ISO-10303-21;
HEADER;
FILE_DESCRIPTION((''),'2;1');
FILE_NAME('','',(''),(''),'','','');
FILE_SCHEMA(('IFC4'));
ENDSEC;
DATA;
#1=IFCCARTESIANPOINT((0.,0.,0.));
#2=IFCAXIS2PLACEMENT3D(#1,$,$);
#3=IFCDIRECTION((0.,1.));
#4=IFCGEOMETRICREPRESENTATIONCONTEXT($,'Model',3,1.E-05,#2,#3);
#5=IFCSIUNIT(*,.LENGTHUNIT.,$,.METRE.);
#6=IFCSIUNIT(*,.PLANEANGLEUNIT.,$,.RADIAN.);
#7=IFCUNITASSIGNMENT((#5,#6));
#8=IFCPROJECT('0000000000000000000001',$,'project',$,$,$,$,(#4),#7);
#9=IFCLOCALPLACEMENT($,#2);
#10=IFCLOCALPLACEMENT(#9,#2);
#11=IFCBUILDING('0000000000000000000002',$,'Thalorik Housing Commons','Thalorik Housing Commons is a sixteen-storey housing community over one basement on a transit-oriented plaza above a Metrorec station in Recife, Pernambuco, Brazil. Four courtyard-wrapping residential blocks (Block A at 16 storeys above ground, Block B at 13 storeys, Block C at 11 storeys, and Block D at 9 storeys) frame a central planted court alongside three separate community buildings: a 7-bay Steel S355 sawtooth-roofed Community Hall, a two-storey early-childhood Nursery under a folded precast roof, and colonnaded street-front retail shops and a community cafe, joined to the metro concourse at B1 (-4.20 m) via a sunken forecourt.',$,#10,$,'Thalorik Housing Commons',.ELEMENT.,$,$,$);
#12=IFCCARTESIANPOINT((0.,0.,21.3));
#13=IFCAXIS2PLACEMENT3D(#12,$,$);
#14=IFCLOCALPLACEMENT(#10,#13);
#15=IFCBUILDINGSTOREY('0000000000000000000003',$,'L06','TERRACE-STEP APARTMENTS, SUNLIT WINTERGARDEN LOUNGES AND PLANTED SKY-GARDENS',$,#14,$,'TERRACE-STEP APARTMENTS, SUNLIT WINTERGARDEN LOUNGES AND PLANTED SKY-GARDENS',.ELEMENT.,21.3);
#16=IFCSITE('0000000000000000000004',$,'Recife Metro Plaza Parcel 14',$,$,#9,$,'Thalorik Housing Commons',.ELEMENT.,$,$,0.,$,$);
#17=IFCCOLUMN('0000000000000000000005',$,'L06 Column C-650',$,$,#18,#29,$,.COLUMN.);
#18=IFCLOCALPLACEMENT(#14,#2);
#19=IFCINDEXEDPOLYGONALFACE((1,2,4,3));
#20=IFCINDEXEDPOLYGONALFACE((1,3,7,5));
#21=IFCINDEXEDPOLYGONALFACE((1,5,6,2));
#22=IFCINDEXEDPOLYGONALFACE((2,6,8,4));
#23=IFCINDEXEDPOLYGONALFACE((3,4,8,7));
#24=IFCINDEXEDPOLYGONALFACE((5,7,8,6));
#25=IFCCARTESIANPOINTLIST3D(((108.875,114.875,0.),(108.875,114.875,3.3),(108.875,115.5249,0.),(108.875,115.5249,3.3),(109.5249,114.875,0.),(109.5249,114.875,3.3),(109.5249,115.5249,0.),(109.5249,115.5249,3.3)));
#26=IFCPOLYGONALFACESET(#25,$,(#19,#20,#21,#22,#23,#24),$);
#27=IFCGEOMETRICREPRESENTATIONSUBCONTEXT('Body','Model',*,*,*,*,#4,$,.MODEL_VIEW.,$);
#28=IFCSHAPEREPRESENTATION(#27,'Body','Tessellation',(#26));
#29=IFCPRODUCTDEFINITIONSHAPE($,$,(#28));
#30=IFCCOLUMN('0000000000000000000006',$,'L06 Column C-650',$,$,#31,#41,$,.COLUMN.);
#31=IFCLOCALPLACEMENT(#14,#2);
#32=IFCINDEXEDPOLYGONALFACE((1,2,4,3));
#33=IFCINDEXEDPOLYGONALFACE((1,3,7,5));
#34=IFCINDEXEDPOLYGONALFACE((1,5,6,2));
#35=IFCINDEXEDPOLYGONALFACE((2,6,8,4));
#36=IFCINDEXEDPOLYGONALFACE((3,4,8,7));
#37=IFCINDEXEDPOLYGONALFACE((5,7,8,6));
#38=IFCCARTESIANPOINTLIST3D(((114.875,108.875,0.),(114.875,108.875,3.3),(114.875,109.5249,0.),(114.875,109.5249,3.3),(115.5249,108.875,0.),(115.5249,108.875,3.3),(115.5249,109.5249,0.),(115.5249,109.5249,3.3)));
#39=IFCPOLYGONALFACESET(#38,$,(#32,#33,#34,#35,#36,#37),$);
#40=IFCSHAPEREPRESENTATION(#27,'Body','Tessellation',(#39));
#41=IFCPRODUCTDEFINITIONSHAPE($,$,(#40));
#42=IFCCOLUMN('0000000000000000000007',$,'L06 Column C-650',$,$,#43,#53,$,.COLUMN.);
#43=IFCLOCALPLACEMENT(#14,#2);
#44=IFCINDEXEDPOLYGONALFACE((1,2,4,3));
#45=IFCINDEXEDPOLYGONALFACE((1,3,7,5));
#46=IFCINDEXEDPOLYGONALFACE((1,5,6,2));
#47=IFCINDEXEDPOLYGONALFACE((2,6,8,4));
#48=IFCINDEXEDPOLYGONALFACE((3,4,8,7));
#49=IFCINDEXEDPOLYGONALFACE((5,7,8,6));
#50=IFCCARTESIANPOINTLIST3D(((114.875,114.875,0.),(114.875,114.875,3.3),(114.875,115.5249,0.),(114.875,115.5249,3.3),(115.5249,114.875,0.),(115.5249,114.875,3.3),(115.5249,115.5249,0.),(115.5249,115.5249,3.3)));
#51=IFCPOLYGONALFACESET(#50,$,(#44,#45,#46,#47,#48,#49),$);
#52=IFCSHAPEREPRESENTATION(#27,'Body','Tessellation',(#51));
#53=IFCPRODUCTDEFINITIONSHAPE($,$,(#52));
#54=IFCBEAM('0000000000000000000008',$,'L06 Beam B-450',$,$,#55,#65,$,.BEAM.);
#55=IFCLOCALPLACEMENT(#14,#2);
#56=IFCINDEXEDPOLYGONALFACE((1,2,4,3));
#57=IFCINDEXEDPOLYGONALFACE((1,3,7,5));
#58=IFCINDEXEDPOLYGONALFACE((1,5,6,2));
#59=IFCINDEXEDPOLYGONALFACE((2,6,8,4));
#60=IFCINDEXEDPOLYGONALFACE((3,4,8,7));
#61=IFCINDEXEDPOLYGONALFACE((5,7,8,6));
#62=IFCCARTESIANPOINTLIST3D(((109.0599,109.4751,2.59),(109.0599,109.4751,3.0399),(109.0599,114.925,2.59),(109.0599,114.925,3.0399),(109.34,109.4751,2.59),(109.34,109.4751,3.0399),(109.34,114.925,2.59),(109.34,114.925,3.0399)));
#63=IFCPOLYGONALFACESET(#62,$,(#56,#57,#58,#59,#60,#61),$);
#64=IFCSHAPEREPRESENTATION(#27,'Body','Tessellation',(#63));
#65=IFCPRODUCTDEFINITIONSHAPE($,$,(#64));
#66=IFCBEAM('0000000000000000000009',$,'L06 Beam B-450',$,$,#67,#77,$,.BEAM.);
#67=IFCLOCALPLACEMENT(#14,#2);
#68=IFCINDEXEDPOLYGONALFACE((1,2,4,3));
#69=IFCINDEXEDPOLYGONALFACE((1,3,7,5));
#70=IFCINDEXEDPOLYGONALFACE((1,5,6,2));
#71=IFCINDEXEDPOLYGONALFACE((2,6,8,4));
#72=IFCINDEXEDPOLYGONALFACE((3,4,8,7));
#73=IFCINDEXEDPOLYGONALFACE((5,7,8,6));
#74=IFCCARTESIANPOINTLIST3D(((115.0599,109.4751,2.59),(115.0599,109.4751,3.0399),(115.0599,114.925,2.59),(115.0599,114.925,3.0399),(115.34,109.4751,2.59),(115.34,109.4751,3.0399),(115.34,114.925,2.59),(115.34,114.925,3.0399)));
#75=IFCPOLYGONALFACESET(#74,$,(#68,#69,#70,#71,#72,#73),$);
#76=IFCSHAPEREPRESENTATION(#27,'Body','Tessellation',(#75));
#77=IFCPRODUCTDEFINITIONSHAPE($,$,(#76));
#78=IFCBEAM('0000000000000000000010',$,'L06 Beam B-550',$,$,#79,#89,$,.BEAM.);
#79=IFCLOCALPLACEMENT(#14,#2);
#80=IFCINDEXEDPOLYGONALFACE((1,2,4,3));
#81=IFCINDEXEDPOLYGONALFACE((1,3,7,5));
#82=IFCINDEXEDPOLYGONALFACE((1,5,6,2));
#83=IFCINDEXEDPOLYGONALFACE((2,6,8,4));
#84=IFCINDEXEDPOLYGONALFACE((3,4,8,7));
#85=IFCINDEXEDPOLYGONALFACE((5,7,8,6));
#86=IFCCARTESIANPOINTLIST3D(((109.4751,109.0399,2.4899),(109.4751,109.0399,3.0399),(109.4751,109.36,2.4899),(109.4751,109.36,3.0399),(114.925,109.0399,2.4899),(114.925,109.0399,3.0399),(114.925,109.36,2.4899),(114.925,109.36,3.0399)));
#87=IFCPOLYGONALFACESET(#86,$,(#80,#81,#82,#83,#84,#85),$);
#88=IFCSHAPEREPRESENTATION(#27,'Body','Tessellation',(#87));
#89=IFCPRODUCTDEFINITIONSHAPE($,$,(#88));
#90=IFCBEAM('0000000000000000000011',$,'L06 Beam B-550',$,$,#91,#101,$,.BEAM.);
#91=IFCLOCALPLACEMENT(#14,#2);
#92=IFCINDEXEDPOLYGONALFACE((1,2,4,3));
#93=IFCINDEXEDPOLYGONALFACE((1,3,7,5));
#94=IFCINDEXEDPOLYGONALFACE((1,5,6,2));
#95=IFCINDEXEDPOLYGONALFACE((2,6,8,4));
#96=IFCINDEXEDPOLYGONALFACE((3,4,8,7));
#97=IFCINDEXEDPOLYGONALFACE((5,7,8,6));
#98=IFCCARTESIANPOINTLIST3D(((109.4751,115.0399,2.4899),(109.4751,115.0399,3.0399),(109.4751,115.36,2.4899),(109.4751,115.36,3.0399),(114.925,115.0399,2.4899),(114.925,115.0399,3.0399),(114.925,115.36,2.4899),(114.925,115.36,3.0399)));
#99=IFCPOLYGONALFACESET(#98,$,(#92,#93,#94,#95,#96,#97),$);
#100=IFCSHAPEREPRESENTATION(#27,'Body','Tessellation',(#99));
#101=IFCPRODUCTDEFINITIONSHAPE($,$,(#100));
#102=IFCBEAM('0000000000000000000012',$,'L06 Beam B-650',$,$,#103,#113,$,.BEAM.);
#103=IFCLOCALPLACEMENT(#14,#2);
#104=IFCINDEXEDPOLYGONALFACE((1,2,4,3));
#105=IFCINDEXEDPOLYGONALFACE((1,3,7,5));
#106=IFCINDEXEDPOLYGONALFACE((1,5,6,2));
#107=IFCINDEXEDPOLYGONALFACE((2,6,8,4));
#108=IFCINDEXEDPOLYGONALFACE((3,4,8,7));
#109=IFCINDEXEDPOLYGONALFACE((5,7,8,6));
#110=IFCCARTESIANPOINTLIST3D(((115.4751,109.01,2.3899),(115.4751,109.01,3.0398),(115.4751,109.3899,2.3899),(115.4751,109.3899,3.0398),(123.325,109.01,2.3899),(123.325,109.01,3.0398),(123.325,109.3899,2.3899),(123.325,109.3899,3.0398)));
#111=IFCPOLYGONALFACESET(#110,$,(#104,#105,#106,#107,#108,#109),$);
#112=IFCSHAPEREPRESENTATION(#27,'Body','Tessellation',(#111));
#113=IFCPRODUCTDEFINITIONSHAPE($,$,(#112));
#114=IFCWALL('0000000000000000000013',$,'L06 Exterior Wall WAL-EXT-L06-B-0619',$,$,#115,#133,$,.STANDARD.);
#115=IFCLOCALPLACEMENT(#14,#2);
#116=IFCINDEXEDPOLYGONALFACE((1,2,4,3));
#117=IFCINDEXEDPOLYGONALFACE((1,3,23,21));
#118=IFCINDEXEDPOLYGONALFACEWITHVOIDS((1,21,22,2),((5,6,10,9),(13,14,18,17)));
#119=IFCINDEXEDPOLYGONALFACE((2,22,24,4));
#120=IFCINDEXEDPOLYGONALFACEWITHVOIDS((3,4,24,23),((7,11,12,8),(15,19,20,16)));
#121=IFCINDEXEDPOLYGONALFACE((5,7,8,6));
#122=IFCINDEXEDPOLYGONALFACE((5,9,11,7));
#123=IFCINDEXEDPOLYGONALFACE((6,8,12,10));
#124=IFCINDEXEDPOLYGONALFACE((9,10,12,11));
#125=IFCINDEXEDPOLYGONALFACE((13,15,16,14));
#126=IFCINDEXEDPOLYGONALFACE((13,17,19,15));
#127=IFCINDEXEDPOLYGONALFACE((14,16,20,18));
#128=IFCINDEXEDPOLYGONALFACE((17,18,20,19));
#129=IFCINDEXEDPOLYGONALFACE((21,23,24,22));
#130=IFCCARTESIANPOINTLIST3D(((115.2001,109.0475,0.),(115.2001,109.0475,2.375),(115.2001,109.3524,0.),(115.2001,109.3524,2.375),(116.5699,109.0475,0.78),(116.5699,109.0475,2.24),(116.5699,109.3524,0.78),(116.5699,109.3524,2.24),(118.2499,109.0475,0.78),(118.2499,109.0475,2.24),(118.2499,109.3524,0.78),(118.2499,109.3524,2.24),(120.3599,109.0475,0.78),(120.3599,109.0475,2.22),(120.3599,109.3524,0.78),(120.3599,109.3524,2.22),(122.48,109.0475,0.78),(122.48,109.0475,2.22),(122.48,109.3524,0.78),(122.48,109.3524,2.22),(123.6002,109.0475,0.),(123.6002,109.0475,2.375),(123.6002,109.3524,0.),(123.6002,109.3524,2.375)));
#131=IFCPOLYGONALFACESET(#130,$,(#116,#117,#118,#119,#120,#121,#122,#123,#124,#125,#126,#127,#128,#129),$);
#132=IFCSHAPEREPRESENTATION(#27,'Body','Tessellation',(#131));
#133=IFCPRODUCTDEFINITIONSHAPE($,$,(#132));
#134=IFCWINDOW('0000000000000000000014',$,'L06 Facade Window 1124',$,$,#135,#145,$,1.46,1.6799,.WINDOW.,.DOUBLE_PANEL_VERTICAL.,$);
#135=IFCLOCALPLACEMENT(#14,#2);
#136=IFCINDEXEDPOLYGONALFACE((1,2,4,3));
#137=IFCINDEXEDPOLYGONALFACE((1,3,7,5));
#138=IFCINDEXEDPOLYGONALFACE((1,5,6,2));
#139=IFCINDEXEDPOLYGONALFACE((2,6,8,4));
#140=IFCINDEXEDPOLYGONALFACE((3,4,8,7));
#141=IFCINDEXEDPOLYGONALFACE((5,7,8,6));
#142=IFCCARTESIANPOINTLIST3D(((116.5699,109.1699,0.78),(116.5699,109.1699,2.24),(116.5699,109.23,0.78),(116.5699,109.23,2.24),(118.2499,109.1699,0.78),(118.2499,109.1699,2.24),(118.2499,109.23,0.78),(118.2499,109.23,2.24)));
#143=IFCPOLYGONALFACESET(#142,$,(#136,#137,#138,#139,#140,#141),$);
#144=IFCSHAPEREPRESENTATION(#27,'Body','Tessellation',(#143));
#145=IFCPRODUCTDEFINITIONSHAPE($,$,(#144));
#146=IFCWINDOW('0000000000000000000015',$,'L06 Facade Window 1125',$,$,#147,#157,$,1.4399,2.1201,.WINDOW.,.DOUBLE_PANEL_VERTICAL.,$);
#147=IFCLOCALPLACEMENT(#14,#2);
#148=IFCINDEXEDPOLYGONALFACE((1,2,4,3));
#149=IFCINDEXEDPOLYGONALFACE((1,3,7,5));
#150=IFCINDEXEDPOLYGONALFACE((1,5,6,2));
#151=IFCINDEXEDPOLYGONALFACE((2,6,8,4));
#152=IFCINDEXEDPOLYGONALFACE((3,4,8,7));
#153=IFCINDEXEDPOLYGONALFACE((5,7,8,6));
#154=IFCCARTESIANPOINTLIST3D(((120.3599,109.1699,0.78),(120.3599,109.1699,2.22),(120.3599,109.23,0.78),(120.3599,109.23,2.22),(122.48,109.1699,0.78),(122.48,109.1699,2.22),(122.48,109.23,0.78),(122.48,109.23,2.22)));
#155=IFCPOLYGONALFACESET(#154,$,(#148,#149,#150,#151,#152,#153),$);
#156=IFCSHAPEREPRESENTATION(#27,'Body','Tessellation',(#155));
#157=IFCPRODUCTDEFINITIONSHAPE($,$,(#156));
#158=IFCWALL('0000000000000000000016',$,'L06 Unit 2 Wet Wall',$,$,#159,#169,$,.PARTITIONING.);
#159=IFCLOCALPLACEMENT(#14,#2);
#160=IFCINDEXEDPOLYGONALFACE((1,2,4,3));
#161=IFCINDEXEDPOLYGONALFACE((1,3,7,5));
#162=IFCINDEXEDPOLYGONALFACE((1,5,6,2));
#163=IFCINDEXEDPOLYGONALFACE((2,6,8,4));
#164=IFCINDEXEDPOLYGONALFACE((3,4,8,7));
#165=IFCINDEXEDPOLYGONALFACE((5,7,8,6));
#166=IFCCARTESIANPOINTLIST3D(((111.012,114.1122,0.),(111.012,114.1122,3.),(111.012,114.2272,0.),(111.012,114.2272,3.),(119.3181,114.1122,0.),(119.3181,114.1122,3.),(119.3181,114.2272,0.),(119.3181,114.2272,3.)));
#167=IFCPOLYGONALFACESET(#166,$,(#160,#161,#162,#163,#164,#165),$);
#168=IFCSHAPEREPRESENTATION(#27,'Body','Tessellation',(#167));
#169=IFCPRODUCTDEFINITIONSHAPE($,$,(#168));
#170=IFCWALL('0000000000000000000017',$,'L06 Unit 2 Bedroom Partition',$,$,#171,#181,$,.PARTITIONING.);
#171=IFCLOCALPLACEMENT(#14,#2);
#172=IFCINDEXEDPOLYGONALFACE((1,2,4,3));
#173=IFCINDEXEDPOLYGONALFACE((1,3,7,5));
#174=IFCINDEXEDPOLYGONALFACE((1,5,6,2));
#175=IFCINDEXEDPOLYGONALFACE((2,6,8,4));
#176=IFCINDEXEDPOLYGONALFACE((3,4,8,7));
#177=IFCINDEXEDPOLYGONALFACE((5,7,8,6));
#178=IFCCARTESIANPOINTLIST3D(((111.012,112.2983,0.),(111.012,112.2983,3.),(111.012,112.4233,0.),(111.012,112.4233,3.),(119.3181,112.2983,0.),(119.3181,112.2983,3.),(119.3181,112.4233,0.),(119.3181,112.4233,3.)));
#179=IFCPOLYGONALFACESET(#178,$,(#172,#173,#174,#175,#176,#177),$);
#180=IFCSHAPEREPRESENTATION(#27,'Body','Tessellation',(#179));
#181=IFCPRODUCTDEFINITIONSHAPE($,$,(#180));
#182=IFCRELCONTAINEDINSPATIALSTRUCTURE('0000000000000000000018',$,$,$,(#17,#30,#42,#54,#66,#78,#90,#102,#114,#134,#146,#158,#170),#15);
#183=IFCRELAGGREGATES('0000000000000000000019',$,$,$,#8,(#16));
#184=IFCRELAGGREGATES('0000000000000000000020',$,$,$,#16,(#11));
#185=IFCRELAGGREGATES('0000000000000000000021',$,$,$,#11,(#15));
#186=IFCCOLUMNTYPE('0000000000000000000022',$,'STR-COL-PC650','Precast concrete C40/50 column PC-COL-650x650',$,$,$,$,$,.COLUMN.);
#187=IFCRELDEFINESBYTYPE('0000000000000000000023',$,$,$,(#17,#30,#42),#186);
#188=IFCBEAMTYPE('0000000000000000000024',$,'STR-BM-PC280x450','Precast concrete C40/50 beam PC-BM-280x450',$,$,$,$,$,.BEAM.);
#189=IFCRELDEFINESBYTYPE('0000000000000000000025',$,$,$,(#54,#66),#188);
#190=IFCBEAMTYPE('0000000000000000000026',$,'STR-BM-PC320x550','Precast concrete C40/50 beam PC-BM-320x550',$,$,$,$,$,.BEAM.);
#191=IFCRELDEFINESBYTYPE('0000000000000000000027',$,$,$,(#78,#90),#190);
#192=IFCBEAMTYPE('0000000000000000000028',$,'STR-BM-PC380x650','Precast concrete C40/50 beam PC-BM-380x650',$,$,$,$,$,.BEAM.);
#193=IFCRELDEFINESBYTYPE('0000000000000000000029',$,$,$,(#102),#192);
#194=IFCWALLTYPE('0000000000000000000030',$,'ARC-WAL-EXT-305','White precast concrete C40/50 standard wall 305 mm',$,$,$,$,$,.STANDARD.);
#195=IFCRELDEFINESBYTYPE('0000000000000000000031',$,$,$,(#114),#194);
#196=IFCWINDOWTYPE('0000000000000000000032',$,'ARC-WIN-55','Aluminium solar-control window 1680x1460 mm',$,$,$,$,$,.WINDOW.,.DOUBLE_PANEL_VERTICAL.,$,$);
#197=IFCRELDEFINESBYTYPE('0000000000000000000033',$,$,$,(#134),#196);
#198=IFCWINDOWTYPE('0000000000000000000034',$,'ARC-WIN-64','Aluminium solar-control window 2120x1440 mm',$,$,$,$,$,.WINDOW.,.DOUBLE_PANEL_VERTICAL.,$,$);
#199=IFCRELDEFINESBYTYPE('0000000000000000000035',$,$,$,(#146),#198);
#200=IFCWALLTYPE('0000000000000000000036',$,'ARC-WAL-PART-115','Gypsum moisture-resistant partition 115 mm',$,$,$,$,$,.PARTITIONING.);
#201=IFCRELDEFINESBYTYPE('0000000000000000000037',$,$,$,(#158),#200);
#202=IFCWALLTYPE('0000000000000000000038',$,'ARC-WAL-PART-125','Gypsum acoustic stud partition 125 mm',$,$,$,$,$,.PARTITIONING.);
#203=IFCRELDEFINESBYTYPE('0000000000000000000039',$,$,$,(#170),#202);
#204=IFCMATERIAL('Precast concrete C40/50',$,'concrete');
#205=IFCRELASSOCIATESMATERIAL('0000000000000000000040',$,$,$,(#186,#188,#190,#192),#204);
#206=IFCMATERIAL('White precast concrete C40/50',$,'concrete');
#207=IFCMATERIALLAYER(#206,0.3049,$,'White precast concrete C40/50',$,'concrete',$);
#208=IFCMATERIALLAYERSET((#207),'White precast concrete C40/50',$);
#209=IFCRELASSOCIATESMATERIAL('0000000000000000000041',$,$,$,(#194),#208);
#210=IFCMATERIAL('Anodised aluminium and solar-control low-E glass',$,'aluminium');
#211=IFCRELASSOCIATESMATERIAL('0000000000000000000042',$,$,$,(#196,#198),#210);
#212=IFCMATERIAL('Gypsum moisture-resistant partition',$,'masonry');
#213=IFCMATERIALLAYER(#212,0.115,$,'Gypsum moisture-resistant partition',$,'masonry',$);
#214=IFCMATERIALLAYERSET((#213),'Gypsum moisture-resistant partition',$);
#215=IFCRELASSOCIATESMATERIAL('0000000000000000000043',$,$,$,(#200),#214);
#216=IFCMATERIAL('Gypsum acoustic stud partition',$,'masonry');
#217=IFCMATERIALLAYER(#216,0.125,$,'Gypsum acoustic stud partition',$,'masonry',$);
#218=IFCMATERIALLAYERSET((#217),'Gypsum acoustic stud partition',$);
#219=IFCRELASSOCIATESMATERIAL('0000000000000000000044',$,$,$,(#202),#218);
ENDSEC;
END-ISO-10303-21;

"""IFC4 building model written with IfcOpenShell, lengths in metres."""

from ifc_helpers import new_model, si_unit, direction, frame, frame_2d, origin, origin_2d, place, context, subcontext, project, spatial, rectangle, extrude, material, layer, layer_set, material_profile, profile_set, type_object, element, fill, save


model = new_model("IFC4")

# Units and contexts
model_context = context("Model", 3, precision=1e-05, world=origin(), true_north=direction((0.0, 1.0)))
body_context = subcontext(model_context, "Body", "Model", "MODEL_VIEW")
ifc_project = project(units=[si_unit("LENGTHUNIT", "METRE"), si_unit("PLANEANGLEUNIT", "RADIAN")], contexts=[model_context])

# Site, building, storey
site_placement = place(None, origin())
site = spatial("IfcSite", under=ifc_project, at=site_placement, Name="Recife Metro Plaza Parcel 14", LongName="Thalorik Housing Commons", CompositionType="ELEMENT", RefElevation=0.0)
building_placement = place(site_placement, origin())
building = spatial("IfcBuilding", under=site, at=building_placement, Name="Thalorik Housing Commons", Description="Thalorik Housing Commons is a sixteen-storey housing community over one basement on a transit-oriented plaza above a Metrorec station in Recife, Pernambuco, Brazil. Four courtyard-wrapping residential blocks (Block A at 16 storeys above ground, Block B at 13 storeys, Block C at 11 storeys, and Block D at 9 storeys) frame a central planted court alongside three separate community buildings: a 7-bay Steel S355 sawtooth-roofed Community Hall, a two-storey early-childhood Nursery under a folded precast roof, and colonnaded street-front retail shops and a community cafe, joined to the metro concourse at B1 (-4.20 m) via a sunken forecourt.", LongName="Thalorik Housing Commons", CompositionType="ELEMENT")
storey_placement = place(building_placement, frame((0.0, 0.0, 21.3)))
storey = spatial("IfcBuildingStorey", under=building, at=storey_placement, Name="L06", Description="TERRACE-STEP APARTMENTS, SUNLIT WINTERGARDEN LOUNGES AND PLANTED SKY-GARDENS", LongName="TERRACE-STEP APARTMENTS, SUNLIT WINTERGARDEN LOUNGES AND PLANTED SKY-GARDENS", CompositionType="ELEMENT", Elevation=21.3)

# Columns
ifc_material_1 = material(Name="Precast concrete C40/50", Category="concrete")
ifc_material_profile_1 = material_profile(ifc_material_1, rectangle(XDim=0.6499, YDim=0.6499, at=origin_2d()), Name="PC 650x650", Category="concrete")
ifc_profile_set_1 = profile_set([ifc_material_profile_1], Name="Precast concrete C40/50")
column_type = type_object("IfcColumnType", Name="STR-COL-PC650", Description="Precast concrete C40/50 column PC-COL-650x650", PredefinedType="COLUMN", material=ifc_profile_set_1)
for number, where, z_axis, x_axis, name in (
    (1, (109.2, 115.2, 0.0), (0.0, 0.0, 1.0), (1.0, 0.0, 0.0), "L06 Column C-650"),
    (2, (115.2, 109.2, 0.0), (0.0, 0.0, 1.0), (1.0, 0.0, 0.0), "L06 Column C-650"),
    (3, (115.2, 115.2, 0.0), (0.0, 0.0, 1.0), (1.0, 0.0, 0.0), "L06 Column C-650"),
):
    element("IfcColumn", number, at=place(storey_placement, frame(where, z_axis=z_axis, x_axis=x_axis)), inside=storey, type_object=column_type, Name=name, PredefinedType="COLUMN", context=body_context, shape_type="SweptSolid", body=[
        extrude(rectangle(XDim=0.6499, YDim=0.6499, at=origin_2d()), origin(), (0.0, 0.0, 1.0), 3.3),
    ])

# Beams
ifc_material_profile_2 = material_profile(ifc_material_1, rectangle(XDim=0.28, YDim=0.45, at=origin_2d()), Name="PC 280x450", Category="concrete")
ifc_profile_set_2 = profile_set([ifc_material_profile_2], Name="Precast concrete C40/50")
beam_type_1 = type_object("IfcBeamType", Name="STR-BM-PC280x450", Description="Precast concrete C40/50 beam PC-BM-280x450", PredefinedType="BEAM", material=ifc_profile_set_2)
for number, where, z_axis, x_axis, name in (
    (4, (109.2, 109.4751, 2.8149), (0.0, 1.0, 0.0), (-1.0, 0.0, 0.0), "L06 Beam B-450"),
    (5, (115.2, 109.4751, 2.8149), (0.0, 1.0, 0.0), (-1.0, 0.0, 0.0), "L06 Beam B-450"),
):
    element("IfcBeam", number, at=place(storey_placement, frame(where, z_axis=z_axis, x_axis=x_axis)), inside=storey, type_object=beam_type_1, Name=name, PredefinedType="BEAM", context=body_context, shape_type="SweptSolid", body=[
        extrude(rectangle(XDim=0.28, YDim=0.45, at=origin_2d()), origin(), (0.0, 0.0, 1.0), 5.45),
    ])
ifc_material_profile_3 = material_profile(ifc_material_1, rectangle(XDim=0.3201, YDim=0.55, at=origin_2d()), Name="PC 320x550", Category="concrete")
ifc_profile_set_3 = profile_set([ifc_material_profile_3], Name="Precast concrete C40/50")
beam_type_2 = type_object("IfcBeamType", Name="STR-BM-PC320x550", Description="Precast concrete C40/50 beam PC-BM-320x550", PredefinedType="BEAM", material=ifc_profile_set_3)
for number, where, z_axis, x_axis, name in (
    (6, (109.4751, 109.2, 2.7649), (1.0, 0.0, 0.0), (0.0, 1.0, 0.0), "L06 Beam B-550"),
    (7, (109.4751, 115.2, 2.7649), (1.0, 0.0, 0.0), (0.0, 1.0, 0.0), "L06 Beam B-550"),
):
    element("IfcBeam", number, at=place(storey_placement, frame(where, z_axis=z_axis, x_axis=x_axis)), inside=storey, type_object=beam_type_2, Name=name, PredefinedType="BEAM", context=body_context, shape_type="SweptSolid", body=[
        extrude(rectangle(XDim=0.3201, YDim=0.55, at=origin_2d()), origin(), (0.0, 0.0, 1.0), 5.45),
    ])
ifc_material_profile_4 = material_profile(ifc_material_1, rectangle(XDim=0.3799, YDim=0.6499, at=origin_2d()), Name="PC 380x650", Category="concrete")
ifc_profile_set_4 = profile_set([ifc_material_profile_4], Name="Precast concrete C40/50")
beam_type_3 = type_object("IfcBeamType", Name="STR-BM-PC380x650", Description="Precast concrete C40/50 beam PC-BM-380x650", PredefinedType="BEAM", material=ifc_profile_set_4)
beam_placement = place(storey_placement, frame((115.4751, 109.2, 2.7148), z_axis=(1.0, 0.0, 0.0), x_axis=(0.0, 1.0, 0.0)))
element("IfcBeam", 8, at=beam_placement, inside=storey, type_object=beam_type_3, Name="L06 Beam B-650", PredefinedType="BEAM", context=body_context, shape_type="SweptSolid", body=[
    extrude(rectangle(XDim=0.3799, YDim=0.6499, at=origin_2d()), origin(), (0.0, 0.0, 1.0), 7.8499),
])

# Wall, openings, windows
ifc_material_2 = material(Name="White precast concrete C40/50", Category="concrete")
ifc_layer_1 = layer(ifc_material_2, 0.3049, Name="White precast concrete C40/50", Category="concrete")
ifc_layer_set_1 = layer_set([ifc_layer_1], Name="White precast concrete C40/50")
wall_type_1 = type_object("IfcWallType", Name="ARC-WAL-EXT-305", Description="White precast concrete C40/50 standard wall 305 mm", PredefinedType="STANDARD", material=ifc_layer_set_1)
wall_1_placement = place(storey_placement, frame((115.2, 109.2, 0.0), z_axis=(0.0, 0.0, 1.0), x_axis=(1.0, 0.0, 0.0)))
wall_1 = element("IfcWall", 9, at=wall_1_placement, inside=storey, type_object=wall_type_1, Name="L06 Exterior Wall WAL-EXT-L06-B-0619", PredefinedType="STANDARD", context=body_context, shape_type="SweptSolid", body=[
    extrude(rectangle(XDim=8.4001, YDim=0.3049, at=frame_2d((4.2002, 0.0))), origin(), (0.0, 0.0, 1.0), 2.375),
])
opening_1_placement = place(wall_1_placement, frame((1.3701, 0.0, 0.78)))
opening_1 = element("IfcOpeningElement", 10, at=opening_1_placement, cuts=wall_1, PredefinedType="OPENING", context=body_context, shape_type="SweptSolid", body=[
    extrude(rectangle(XDim=1.6799, YDim=1.46, at=frame_2d((0.8398, 0.73))), frame((0.0, 0.1626, 0.0), z_axis=(0.0, -1.0, 0.0), x_axis=(1.0, 0.0, 0.0)), (0.0, 0.0, 1.0), 0.325),
])
opening_2_placement = place(wall_1_placement, frame((5.1599, 0.0, 0.78)))
opening_2 = element("IfcOpeningElement", 11, at=opening_2_placement, cuts=wall_1, PredefinedType="OPENING", context=body_context, shape_type="SweptSolid", body=[
    extrude(rectangle(XDim=2.1201, YDim=1.4399, at=frame_2d((1.0601, 0.72))), frame((0.0, 0.1626, 0.0), z_axis=(0.0, -1.0, 0.0), x_axis=(1.0, 0.0, 0.0)), (0.0, 0.0, 1.0), 0.325),
])
ifc_material_3 = material(Name="Anodised aluminium and solar-control low-E glass", Category="aluminium")
window_type_1 = type_object("IfcWindowType", Name="ARC-WIN-55", Description="Aluminium solar-control window 1680x1460 mm", PartitioningType="DOUBLE_PANEL_VERTICAL", PredefinedType="WINDOW", material=ifc_material_3)
window_1_placement = place(opening_1_placement, origin())
window_1 = element("IfcWindow", 12, at=window_1_placement, inside=storey, type_object=window_type_1, Name="L06 Facade Window 1124", OverallHeight=1.46, OverallWidth=1.6799, PartitioningType="DOUBLE_PANEL_VERTICAL", PredefinedType="WINDOW", context=body_context, shape_type="SweptSolid", body=[
    extrude(rectangle(XDim=1.6799, YDim=1.46, at=frame_2d((0.8398, 0.73))), frame((0.0, 0.03, 0.0), z_axis=(0.0, -1.0, 0.0), x_axis=(1.0, 0.0, 0.0)), (0.0, 0.0, 1.0), 0.0601),
])
fill(opening_1, window_1)
window_type_2 = type_object("IfcWindowType", Name="ARC-WIN-64", Description="Aluminium solar-control window 2120x1440 mm", PartitioningType="DOUBLE_PANEL_VERTICAL", PredefinedType="WINDOW", material=ifc_material_3)
window_2_placement = place(opening_2_placement, origin())
window_2 = element("IfcWindow", 13, at=window_2_placement, inside=storey, type_object=window_type_2, Name="L06 Facade Window 1125", OverallHeight=1.4399, OverallWidth=2.1201, PartitioningType="DOUBLE_PANEL_VERTICAL", PredefinedType="WINDOW", context=body_context, shape_type="SweptSolid", body=[
    extrude(rectangle(XDim=2.1201, YDim=1.4399, at=frame_2d((1.0601, 0.72))), frame((0.0, 0.03, 0.0), z_axis=(0.0, -1.0, 0.0), x_axis=(1.0, 0.0, 0.0)), (0.0, 0.0, 1.0), 0.0601),
])
fill(opening_2, window_2)

# Walls
ifc_material_4 = material(Name="Gypsum moisture-resistant partition", Category="masonry")
ifc_layer_2 = layer(ifc_material_4, 0.115, Name="Gypsum moisture-resistant partition", Category="masonry")
ifc_layer_set_2 = layer_set([ifc_layer_2], Name="Gypsum moisture-resistant partition")
wall_type_2 = type_object("IfcWallType", Name="ARC-WAL-PART-115", Description="Gypsum moisture-resistant partition 115 mm", PredefinedType="PARTITIONING", material=ifc_layer_set_2)
wall_2_placement = place(storey_placement, frame((111.012, 114.1697, 0.0), z_axis=(0.0, 0.0, 1.0), x_axis=(1.0, 0.0, 0.0)))
element("IfcWall", 14, at=wall_2_placement, inside=storey, type_object=wall_type_2, Name="L06 Unit 2 Wet Wall", PredefinedType="PARTITIONING", context=body_context, shape_type="SweptSolid", body=[
    extrude(rectangle(XDim=8.3062, YDim=0.115, at=frame_2d((4.1531, 0.0))), origin(), (0.0, 0.0, 1.0), 3.0),
])
ifc_material_5 = material(Name="Gypsum acoustic stud partition", Category="masonry")
ifc_layer_3 = layer(ifc_material_5, 0.125, Name="Gypsum acoustic stud partition", Category="masonry")
ifc_layer_set_3 = layer_set([ifc_layer_3], Name="Gypsum acoustic stud partition")
wall_type_3 = type_object("IfcWallType", Name="ARC-WAL-PART-125", Description="Gypsum acoustic stud partition 125 mm", PredefinedType="PARTITIONING", material=ifc_layer_set_3)
wall_3_placement = place(storey_placement, frame((111.012, 112.3608, 0.0), z_axis=(0.0, 0.0, 1.0), x_axis=(1.0, 0.0, 0.0)))
element("IfcWall", 15, at=wall_3_placement, inside=storey, type_object=wall_type_3, Name="L06 Unit 2 Bedroom Partition", PredefinedType="PARTITIONING", context=body_context, shape_type="SweptSolid", body=[
    extrude(rectangle(XDim=8.3062, YDim=0.125, at=frame_2d((4.1531, 0.0))), origin(), (0.0, 0.0, 1.0), 3.0),
])

save(model, "model.ifc")
